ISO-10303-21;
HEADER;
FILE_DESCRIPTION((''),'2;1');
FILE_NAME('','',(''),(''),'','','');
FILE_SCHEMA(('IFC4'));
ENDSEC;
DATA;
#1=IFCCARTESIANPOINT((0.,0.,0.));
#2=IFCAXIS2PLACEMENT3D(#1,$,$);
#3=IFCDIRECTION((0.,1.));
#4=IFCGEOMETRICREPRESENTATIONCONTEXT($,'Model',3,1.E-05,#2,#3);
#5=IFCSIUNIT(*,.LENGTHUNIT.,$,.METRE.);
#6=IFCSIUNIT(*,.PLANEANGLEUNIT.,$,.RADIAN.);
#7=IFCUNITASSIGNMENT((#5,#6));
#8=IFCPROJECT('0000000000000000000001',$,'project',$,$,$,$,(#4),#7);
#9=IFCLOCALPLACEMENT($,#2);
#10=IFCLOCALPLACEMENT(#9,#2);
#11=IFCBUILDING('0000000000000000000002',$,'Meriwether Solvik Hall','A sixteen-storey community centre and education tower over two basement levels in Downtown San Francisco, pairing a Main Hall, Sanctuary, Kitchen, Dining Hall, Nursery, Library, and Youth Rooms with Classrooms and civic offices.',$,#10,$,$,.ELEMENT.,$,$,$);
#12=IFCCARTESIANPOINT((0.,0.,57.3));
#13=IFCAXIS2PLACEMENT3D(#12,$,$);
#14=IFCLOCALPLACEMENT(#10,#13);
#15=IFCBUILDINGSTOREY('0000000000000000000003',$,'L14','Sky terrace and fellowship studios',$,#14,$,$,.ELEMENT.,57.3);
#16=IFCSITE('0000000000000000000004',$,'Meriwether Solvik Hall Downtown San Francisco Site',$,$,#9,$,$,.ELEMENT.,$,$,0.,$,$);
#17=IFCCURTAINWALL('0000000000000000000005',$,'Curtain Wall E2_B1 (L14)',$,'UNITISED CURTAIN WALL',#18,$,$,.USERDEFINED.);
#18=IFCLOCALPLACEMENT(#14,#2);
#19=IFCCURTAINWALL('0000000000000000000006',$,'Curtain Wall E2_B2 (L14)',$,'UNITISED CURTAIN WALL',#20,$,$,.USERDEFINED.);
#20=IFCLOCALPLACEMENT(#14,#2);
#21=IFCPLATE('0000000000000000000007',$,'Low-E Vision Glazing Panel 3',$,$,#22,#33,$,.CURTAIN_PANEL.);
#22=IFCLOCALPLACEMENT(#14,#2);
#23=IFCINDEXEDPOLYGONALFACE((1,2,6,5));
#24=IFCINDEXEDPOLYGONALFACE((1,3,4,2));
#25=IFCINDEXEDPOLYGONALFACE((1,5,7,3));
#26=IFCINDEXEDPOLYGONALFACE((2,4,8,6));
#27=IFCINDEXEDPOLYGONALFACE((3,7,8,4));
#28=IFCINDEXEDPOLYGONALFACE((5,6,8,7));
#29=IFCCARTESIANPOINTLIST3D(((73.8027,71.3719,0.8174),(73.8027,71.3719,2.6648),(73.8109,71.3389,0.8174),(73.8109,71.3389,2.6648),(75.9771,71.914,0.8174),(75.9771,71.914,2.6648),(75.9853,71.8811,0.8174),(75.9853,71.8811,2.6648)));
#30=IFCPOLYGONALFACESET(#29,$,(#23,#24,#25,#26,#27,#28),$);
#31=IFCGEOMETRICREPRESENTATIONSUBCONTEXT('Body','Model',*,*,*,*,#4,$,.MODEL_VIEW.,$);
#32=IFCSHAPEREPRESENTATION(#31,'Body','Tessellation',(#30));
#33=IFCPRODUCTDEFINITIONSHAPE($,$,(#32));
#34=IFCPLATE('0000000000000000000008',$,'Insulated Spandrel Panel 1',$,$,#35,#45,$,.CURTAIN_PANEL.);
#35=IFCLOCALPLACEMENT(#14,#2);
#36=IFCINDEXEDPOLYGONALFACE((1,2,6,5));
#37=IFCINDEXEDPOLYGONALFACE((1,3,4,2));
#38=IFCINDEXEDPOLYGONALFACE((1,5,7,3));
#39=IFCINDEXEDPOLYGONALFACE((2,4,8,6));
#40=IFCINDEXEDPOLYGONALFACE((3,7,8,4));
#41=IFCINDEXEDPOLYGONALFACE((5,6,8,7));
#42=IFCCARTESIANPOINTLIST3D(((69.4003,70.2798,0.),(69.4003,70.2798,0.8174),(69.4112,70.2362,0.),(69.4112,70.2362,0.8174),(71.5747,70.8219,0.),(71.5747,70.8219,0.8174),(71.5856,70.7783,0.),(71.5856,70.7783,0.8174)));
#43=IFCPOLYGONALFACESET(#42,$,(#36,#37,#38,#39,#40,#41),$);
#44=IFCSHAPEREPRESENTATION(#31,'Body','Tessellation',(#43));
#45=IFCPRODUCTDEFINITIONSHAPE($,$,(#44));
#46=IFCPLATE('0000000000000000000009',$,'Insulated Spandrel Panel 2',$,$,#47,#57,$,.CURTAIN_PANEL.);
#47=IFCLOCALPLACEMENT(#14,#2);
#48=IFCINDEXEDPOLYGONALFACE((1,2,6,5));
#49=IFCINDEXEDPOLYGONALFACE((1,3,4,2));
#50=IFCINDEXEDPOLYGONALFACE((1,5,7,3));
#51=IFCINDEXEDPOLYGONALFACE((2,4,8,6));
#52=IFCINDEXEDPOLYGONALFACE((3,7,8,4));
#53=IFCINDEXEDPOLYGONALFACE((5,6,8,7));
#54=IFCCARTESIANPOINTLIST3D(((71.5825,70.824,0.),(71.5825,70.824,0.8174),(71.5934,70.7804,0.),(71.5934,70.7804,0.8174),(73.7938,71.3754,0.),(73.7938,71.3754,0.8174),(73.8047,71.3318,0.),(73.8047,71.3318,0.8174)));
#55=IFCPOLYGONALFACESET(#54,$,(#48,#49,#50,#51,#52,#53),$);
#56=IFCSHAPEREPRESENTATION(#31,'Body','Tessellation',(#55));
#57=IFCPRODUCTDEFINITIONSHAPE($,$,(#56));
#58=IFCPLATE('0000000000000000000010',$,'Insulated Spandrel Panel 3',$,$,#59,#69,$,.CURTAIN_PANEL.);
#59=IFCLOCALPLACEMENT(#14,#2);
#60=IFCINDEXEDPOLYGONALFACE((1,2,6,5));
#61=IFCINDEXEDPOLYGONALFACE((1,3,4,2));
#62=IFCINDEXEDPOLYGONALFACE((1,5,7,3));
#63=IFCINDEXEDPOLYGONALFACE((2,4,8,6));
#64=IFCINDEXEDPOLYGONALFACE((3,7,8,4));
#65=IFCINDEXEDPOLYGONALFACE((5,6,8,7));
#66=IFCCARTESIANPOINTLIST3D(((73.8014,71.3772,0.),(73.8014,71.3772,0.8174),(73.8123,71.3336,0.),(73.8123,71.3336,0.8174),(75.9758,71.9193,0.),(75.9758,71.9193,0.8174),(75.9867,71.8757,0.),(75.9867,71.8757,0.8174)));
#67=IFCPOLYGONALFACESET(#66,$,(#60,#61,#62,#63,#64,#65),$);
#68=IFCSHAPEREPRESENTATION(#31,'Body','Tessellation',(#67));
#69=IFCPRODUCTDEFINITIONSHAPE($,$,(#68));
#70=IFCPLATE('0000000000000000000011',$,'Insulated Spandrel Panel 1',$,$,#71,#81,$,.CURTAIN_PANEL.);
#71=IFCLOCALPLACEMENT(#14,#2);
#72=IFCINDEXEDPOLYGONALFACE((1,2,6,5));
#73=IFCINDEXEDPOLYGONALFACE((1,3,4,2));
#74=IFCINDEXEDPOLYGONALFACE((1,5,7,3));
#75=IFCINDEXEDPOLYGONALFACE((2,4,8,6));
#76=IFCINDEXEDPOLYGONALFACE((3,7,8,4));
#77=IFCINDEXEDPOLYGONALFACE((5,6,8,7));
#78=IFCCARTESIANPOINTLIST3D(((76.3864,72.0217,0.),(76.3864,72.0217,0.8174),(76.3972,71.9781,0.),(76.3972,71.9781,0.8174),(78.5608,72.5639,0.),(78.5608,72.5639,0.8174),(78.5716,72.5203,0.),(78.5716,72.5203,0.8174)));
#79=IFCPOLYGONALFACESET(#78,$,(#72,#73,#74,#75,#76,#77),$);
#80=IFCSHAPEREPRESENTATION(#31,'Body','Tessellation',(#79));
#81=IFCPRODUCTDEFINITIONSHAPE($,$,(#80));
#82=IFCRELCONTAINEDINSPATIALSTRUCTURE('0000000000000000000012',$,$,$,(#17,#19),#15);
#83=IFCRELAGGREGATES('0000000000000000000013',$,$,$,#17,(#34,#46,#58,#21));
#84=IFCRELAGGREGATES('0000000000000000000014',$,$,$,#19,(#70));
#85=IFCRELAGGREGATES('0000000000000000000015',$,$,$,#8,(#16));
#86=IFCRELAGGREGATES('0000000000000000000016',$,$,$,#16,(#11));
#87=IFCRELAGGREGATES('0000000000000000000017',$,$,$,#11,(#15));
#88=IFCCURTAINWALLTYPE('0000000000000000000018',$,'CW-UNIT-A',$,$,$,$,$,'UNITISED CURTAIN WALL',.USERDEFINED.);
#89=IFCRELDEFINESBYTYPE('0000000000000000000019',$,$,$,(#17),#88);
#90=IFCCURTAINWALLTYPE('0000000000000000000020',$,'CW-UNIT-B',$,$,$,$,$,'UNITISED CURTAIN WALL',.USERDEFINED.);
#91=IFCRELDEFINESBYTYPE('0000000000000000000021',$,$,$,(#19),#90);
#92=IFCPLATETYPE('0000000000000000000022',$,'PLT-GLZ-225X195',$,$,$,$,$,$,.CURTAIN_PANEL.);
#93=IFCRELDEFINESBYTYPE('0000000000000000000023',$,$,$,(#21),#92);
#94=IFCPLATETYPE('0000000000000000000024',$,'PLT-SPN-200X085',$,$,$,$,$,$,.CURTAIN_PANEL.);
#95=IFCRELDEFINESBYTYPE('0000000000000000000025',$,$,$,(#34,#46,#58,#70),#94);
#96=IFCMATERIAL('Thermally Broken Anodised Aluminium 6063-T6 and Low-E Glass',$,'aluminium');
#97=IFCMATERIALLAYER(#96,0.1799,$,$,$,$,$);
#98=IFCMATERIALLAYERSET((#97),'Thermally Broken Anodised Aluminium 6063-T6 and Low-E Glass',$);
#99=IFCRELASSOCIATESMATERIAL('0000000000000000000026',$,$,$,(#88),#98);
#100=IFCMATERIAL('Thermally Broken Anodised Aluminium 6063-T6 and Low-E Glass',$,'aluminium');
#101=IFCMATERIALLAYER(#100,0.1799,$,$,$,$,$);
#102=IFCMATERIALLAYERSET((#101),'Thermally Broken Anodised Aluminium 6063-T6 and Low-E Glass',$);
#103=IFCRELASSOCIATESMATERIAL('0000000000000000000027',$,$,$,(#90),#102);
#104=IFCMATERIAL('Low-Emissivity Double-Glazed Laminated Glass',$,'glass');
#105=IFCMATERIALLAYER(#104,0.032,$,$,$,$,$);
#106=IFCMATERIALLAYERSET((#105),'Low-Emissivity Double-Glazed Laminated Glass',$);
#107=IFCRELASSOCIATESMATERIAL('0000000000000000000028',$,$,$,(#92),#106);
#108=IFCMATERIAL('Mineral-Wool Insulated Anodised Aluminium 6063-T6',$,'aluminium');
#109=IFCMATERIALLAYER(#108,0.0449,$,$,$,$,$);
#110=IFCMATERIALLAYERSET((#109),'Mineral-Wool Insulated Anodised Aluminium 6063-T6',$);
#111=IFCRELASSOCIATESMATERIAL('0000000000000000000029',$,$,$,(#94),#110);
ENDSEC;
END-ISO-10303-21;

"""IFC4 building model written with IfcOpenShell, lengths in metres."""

from ifc_helpers import new_model, si_unit, direction, frame, origin, origin_2d, place, context, subcontext, project, spatial, rectangle, extrude, material, layer, layer_set, type_object, element, aggregate, save


model = new_model("IFC4")

# Units and contexts
model_context = context("Model", 3, precision=1e-05, world=origin(), true_north=direction((0.0, 1.0)))
body_context = subcontext(model_context, "Body", "Model", "MODEL_VIEW")
ifc_project = project(units=[si_unit("LENGTHUNIT", "METRE"), si_unit("PLANEANGLEUNIT", "RADIAN")], contexts=[model_context])

# Site, building, storey
site_placement = place(None, origin())
site = spatial("IfcSite", under=ifc_project, at=site_placement, Name="Meriwether Solvik Hall Downtown San Francisco Site", CompositionType="ELEMENT", RefElevation=0.0)
building_placement = place(site_placement, origin())
building = spatial("IfcBuilding", under=site, at=building_placement, Name="Meriwether Solvik Hall", Description="A sixteen-storey community centre and education tower over two basement levels in Downtown San Francisco, pairing a Main Hall, Sanctuary, Kitchen, Dining Hall, Nursery, Library, and Youth Rooms with Classrooms and civic offices.", CompositionType="ELEMENT")
storey_placement = place(building_placement, frame((0.0, 0.0, 57.3)))
storey = spatial("IfcBuildingStorey", under=building, at=storey_placement, Name="L14", Description="Sky terrace and fellowship studios", CompositionType="ELEMENT", Elevation=57.3)

# Curtain walls
ifc_material_1 = material(Name="Thermally Broken Anodised Aluminium 6063-T6 and Low-E Glass", Category="aluminium")
ifc_layer_1 = layer(ifc_material_1, 0.1799)
ifc_layer_set_1 = layer_set([ifc_layer_1], Name="Thermally Broken Anodised Aluminium 6063-T6 and Low-E Glass")
curtain_wall_type_1 = type_object("IfcCurtainWallType", Name="CW-UNIT-A", ElementType="UNITISED CURTAIN WALL", PredefinedType="USERDEFINED", material=ifc_layer_set_1)
curtain_wall_1_placement = place(storey_placement, origin())
curtain_wall_1 = element("IfcCurtainWall", 1, at=curtain_wall_1_placement, inside=storey, type_object=curtain_wall_type_1, Name="Curtain Wall E2_B1 (L14)", ObjectType="UNITISED CURTAIN WALL", PredefinedType="USERDEFINED")
ifc_material_2 = material(Name="Thermally Broken Anodised Aluminium 6063-T6 and Low-E Glass", Category="aluminium")
ifc_layer_2 = layer(ifc_material_2, 0.1799)
ifc_layer_set_2 = layer_set([ifc_layer_2], Name="Thermally Broken Anodised Aluminium 6063-T6 and Low-E Glass")
curtain_wall_type_2 = type_object("IfcCurtainWallType", Name="CW-UNIT-B", ElementType="UNITISED CURTAIN WALL", PredefinedType="USERDEFINED", material=ifc_layer_set_2)
curtain_wall_2_placement = place(storey_placement, origin())
curtain_wall_2 = element("IfcCurtainWall", 2, at=curtain_wall_2_placement, inside=storey, type_object=curtain_wall_type_2, Name="Curtain Wall E2_B2 (L14)", ObjectType="UNITISED CURTAIN WALL", PredefinedType="USERDEFINED")

# Plates
ifc_material_3 = material(Name="Low-Emissivity Double-Glazed Laminated Glass", Category="glass")
ifc_layer_3 = layer(ifc_material_3, 0.032)
ifc_layer_set_3 = layer_set([ifc_layer_3], Name="Low-Emissivity Double-Glazed Laminated Glass")
plate_type_1 = type_object("IfcPlateType", Name="PLT-GLZ-225X195", PredefinedType="CURTAIN_PANEL", material=ifc_layer_set_3)
plate_1_placement = place(storey_placement, frame((74.894, 71.6265, 0.8174), z_axis=(0.0, 0.0, 1.0), x_axis=(0.970296, 0.241922, 0.0)))
plate_1 = element("IfcPlate", 3, at=plate_1_placement, type_object=plate_type_1, Name="Low-E Vision Glazing Panel 3", PredefinedType="CURTAIN_PANEL", context=body_context, shape_type="SweptSolid", body=[
    extrude(rectangle(XDim=2.241, YDim=0.0339, at=origin_2d()), origin(), (0.0, 0.0, 1.0), 1.8474),
])
ifc_material_4 = material(Name="Mineral-Wool Insulated Anodised Aluminium 6063-T6", Category="aluminium")
ifc_layer_4 = layer(ifc_material_4, 0.0449)
ifc_layer_set_4 = layer_set([ifc_layer_4], Name="Mineral-Wool Insulated Anodised Aluminium 6063-T6")
plate_type_2 = type_object("IfcPlateType", Name="PLT-SPN-200X085", PredefinedType="CURTAIN_PANEL", material=ifc_layer_set_4)
plate_2_placement = place(storey_placement, frame((70.4929, 70.5291, 0.0), z_axis=(0.0, 0.0, 1.0), x_axis=(0.970296, 0.241922, 0.0)))
plate_2 = element("IfcPlate", 4, at=plate_2_placement, type_object=plate_type_2, Name="Insulated Spandrel Panel 1", PredefinedType="CURTAIN_PANEL", context=body_context, shape_type="SweptSolid", body=[
    extrude(rectangle(XDim=2.241, YDim=0.0449, at=origin_2d()), origin(), (0.0, 0.0, 1.0), 0.8174),
])
plate_3_placement = place(storey_placement, frame((72.6936, 71.0779, 0.0), z_axis=(0.0, 0.0, 1.0), x_axis=(0.970296, 0.241922, 0.0)))
plate_3 = element("IfcPlate", 5, at=plate_3_placement, type_object=plate_type_2, Name="Insulated Spandrel Panel 2", PredefinedType="CURTAIN_PANEL", context=body_context, shape_type="SweptSolid", body=[
    extrude(rectangle(XDim=2.2791, YDim=0.0449, at=origin_2d()), origin(), (0.0, 0.0, 1.0), 0.8174),
])
plate_4_placement = place(storey_placement, frame((74.894, 71.6265, 0.0), z_axis=(0.0, 0.0, 1.0), x_axis=(0.970296, 0.241922, 0.0)))
plate_4 = element("IfcPlate", 6, at=plate_4_placement, type_object=plate_type_2, Name="Insulated Spandrel Panel 3", PredefinedType="CURTAIN_PANEL", context=body_context, shape_type="SweptSolid", body=[
    extrude(rectangle(XDim=2.241, YDim=0.0449, at=origin_2d()), origin(), (0.0, 0.0, 1.0), 0.8174),
])
aggregate(curtain_wall_1, [plate_2, plate_3, plate_4, plate_1])
plate_5_placement = place(storey_placement, frame((77.479, 72.271, 0.0), z_axis=(0.0, 0.0, 1.0), x_axis=(0.970296, 0.241922, 0.0)))
plate_5 = element("IfcPlate", 7, at=plate_5_placement, type_object=plate_type_2, Name="Insulated Spandrel Panel 1", PredefinedType="CURTAIN_PANEL", context=body_context, shape_type="SweptSolid", body=[
    extrude(rectangle(XDim=2.241, YDim=0.0449, at=origin_2d()), origin(), (0.0, 0.0, 1.0), 0.8174),
])
aggregate(curtain_wall_2, [plate_5])

save(model, "model.ifc")
